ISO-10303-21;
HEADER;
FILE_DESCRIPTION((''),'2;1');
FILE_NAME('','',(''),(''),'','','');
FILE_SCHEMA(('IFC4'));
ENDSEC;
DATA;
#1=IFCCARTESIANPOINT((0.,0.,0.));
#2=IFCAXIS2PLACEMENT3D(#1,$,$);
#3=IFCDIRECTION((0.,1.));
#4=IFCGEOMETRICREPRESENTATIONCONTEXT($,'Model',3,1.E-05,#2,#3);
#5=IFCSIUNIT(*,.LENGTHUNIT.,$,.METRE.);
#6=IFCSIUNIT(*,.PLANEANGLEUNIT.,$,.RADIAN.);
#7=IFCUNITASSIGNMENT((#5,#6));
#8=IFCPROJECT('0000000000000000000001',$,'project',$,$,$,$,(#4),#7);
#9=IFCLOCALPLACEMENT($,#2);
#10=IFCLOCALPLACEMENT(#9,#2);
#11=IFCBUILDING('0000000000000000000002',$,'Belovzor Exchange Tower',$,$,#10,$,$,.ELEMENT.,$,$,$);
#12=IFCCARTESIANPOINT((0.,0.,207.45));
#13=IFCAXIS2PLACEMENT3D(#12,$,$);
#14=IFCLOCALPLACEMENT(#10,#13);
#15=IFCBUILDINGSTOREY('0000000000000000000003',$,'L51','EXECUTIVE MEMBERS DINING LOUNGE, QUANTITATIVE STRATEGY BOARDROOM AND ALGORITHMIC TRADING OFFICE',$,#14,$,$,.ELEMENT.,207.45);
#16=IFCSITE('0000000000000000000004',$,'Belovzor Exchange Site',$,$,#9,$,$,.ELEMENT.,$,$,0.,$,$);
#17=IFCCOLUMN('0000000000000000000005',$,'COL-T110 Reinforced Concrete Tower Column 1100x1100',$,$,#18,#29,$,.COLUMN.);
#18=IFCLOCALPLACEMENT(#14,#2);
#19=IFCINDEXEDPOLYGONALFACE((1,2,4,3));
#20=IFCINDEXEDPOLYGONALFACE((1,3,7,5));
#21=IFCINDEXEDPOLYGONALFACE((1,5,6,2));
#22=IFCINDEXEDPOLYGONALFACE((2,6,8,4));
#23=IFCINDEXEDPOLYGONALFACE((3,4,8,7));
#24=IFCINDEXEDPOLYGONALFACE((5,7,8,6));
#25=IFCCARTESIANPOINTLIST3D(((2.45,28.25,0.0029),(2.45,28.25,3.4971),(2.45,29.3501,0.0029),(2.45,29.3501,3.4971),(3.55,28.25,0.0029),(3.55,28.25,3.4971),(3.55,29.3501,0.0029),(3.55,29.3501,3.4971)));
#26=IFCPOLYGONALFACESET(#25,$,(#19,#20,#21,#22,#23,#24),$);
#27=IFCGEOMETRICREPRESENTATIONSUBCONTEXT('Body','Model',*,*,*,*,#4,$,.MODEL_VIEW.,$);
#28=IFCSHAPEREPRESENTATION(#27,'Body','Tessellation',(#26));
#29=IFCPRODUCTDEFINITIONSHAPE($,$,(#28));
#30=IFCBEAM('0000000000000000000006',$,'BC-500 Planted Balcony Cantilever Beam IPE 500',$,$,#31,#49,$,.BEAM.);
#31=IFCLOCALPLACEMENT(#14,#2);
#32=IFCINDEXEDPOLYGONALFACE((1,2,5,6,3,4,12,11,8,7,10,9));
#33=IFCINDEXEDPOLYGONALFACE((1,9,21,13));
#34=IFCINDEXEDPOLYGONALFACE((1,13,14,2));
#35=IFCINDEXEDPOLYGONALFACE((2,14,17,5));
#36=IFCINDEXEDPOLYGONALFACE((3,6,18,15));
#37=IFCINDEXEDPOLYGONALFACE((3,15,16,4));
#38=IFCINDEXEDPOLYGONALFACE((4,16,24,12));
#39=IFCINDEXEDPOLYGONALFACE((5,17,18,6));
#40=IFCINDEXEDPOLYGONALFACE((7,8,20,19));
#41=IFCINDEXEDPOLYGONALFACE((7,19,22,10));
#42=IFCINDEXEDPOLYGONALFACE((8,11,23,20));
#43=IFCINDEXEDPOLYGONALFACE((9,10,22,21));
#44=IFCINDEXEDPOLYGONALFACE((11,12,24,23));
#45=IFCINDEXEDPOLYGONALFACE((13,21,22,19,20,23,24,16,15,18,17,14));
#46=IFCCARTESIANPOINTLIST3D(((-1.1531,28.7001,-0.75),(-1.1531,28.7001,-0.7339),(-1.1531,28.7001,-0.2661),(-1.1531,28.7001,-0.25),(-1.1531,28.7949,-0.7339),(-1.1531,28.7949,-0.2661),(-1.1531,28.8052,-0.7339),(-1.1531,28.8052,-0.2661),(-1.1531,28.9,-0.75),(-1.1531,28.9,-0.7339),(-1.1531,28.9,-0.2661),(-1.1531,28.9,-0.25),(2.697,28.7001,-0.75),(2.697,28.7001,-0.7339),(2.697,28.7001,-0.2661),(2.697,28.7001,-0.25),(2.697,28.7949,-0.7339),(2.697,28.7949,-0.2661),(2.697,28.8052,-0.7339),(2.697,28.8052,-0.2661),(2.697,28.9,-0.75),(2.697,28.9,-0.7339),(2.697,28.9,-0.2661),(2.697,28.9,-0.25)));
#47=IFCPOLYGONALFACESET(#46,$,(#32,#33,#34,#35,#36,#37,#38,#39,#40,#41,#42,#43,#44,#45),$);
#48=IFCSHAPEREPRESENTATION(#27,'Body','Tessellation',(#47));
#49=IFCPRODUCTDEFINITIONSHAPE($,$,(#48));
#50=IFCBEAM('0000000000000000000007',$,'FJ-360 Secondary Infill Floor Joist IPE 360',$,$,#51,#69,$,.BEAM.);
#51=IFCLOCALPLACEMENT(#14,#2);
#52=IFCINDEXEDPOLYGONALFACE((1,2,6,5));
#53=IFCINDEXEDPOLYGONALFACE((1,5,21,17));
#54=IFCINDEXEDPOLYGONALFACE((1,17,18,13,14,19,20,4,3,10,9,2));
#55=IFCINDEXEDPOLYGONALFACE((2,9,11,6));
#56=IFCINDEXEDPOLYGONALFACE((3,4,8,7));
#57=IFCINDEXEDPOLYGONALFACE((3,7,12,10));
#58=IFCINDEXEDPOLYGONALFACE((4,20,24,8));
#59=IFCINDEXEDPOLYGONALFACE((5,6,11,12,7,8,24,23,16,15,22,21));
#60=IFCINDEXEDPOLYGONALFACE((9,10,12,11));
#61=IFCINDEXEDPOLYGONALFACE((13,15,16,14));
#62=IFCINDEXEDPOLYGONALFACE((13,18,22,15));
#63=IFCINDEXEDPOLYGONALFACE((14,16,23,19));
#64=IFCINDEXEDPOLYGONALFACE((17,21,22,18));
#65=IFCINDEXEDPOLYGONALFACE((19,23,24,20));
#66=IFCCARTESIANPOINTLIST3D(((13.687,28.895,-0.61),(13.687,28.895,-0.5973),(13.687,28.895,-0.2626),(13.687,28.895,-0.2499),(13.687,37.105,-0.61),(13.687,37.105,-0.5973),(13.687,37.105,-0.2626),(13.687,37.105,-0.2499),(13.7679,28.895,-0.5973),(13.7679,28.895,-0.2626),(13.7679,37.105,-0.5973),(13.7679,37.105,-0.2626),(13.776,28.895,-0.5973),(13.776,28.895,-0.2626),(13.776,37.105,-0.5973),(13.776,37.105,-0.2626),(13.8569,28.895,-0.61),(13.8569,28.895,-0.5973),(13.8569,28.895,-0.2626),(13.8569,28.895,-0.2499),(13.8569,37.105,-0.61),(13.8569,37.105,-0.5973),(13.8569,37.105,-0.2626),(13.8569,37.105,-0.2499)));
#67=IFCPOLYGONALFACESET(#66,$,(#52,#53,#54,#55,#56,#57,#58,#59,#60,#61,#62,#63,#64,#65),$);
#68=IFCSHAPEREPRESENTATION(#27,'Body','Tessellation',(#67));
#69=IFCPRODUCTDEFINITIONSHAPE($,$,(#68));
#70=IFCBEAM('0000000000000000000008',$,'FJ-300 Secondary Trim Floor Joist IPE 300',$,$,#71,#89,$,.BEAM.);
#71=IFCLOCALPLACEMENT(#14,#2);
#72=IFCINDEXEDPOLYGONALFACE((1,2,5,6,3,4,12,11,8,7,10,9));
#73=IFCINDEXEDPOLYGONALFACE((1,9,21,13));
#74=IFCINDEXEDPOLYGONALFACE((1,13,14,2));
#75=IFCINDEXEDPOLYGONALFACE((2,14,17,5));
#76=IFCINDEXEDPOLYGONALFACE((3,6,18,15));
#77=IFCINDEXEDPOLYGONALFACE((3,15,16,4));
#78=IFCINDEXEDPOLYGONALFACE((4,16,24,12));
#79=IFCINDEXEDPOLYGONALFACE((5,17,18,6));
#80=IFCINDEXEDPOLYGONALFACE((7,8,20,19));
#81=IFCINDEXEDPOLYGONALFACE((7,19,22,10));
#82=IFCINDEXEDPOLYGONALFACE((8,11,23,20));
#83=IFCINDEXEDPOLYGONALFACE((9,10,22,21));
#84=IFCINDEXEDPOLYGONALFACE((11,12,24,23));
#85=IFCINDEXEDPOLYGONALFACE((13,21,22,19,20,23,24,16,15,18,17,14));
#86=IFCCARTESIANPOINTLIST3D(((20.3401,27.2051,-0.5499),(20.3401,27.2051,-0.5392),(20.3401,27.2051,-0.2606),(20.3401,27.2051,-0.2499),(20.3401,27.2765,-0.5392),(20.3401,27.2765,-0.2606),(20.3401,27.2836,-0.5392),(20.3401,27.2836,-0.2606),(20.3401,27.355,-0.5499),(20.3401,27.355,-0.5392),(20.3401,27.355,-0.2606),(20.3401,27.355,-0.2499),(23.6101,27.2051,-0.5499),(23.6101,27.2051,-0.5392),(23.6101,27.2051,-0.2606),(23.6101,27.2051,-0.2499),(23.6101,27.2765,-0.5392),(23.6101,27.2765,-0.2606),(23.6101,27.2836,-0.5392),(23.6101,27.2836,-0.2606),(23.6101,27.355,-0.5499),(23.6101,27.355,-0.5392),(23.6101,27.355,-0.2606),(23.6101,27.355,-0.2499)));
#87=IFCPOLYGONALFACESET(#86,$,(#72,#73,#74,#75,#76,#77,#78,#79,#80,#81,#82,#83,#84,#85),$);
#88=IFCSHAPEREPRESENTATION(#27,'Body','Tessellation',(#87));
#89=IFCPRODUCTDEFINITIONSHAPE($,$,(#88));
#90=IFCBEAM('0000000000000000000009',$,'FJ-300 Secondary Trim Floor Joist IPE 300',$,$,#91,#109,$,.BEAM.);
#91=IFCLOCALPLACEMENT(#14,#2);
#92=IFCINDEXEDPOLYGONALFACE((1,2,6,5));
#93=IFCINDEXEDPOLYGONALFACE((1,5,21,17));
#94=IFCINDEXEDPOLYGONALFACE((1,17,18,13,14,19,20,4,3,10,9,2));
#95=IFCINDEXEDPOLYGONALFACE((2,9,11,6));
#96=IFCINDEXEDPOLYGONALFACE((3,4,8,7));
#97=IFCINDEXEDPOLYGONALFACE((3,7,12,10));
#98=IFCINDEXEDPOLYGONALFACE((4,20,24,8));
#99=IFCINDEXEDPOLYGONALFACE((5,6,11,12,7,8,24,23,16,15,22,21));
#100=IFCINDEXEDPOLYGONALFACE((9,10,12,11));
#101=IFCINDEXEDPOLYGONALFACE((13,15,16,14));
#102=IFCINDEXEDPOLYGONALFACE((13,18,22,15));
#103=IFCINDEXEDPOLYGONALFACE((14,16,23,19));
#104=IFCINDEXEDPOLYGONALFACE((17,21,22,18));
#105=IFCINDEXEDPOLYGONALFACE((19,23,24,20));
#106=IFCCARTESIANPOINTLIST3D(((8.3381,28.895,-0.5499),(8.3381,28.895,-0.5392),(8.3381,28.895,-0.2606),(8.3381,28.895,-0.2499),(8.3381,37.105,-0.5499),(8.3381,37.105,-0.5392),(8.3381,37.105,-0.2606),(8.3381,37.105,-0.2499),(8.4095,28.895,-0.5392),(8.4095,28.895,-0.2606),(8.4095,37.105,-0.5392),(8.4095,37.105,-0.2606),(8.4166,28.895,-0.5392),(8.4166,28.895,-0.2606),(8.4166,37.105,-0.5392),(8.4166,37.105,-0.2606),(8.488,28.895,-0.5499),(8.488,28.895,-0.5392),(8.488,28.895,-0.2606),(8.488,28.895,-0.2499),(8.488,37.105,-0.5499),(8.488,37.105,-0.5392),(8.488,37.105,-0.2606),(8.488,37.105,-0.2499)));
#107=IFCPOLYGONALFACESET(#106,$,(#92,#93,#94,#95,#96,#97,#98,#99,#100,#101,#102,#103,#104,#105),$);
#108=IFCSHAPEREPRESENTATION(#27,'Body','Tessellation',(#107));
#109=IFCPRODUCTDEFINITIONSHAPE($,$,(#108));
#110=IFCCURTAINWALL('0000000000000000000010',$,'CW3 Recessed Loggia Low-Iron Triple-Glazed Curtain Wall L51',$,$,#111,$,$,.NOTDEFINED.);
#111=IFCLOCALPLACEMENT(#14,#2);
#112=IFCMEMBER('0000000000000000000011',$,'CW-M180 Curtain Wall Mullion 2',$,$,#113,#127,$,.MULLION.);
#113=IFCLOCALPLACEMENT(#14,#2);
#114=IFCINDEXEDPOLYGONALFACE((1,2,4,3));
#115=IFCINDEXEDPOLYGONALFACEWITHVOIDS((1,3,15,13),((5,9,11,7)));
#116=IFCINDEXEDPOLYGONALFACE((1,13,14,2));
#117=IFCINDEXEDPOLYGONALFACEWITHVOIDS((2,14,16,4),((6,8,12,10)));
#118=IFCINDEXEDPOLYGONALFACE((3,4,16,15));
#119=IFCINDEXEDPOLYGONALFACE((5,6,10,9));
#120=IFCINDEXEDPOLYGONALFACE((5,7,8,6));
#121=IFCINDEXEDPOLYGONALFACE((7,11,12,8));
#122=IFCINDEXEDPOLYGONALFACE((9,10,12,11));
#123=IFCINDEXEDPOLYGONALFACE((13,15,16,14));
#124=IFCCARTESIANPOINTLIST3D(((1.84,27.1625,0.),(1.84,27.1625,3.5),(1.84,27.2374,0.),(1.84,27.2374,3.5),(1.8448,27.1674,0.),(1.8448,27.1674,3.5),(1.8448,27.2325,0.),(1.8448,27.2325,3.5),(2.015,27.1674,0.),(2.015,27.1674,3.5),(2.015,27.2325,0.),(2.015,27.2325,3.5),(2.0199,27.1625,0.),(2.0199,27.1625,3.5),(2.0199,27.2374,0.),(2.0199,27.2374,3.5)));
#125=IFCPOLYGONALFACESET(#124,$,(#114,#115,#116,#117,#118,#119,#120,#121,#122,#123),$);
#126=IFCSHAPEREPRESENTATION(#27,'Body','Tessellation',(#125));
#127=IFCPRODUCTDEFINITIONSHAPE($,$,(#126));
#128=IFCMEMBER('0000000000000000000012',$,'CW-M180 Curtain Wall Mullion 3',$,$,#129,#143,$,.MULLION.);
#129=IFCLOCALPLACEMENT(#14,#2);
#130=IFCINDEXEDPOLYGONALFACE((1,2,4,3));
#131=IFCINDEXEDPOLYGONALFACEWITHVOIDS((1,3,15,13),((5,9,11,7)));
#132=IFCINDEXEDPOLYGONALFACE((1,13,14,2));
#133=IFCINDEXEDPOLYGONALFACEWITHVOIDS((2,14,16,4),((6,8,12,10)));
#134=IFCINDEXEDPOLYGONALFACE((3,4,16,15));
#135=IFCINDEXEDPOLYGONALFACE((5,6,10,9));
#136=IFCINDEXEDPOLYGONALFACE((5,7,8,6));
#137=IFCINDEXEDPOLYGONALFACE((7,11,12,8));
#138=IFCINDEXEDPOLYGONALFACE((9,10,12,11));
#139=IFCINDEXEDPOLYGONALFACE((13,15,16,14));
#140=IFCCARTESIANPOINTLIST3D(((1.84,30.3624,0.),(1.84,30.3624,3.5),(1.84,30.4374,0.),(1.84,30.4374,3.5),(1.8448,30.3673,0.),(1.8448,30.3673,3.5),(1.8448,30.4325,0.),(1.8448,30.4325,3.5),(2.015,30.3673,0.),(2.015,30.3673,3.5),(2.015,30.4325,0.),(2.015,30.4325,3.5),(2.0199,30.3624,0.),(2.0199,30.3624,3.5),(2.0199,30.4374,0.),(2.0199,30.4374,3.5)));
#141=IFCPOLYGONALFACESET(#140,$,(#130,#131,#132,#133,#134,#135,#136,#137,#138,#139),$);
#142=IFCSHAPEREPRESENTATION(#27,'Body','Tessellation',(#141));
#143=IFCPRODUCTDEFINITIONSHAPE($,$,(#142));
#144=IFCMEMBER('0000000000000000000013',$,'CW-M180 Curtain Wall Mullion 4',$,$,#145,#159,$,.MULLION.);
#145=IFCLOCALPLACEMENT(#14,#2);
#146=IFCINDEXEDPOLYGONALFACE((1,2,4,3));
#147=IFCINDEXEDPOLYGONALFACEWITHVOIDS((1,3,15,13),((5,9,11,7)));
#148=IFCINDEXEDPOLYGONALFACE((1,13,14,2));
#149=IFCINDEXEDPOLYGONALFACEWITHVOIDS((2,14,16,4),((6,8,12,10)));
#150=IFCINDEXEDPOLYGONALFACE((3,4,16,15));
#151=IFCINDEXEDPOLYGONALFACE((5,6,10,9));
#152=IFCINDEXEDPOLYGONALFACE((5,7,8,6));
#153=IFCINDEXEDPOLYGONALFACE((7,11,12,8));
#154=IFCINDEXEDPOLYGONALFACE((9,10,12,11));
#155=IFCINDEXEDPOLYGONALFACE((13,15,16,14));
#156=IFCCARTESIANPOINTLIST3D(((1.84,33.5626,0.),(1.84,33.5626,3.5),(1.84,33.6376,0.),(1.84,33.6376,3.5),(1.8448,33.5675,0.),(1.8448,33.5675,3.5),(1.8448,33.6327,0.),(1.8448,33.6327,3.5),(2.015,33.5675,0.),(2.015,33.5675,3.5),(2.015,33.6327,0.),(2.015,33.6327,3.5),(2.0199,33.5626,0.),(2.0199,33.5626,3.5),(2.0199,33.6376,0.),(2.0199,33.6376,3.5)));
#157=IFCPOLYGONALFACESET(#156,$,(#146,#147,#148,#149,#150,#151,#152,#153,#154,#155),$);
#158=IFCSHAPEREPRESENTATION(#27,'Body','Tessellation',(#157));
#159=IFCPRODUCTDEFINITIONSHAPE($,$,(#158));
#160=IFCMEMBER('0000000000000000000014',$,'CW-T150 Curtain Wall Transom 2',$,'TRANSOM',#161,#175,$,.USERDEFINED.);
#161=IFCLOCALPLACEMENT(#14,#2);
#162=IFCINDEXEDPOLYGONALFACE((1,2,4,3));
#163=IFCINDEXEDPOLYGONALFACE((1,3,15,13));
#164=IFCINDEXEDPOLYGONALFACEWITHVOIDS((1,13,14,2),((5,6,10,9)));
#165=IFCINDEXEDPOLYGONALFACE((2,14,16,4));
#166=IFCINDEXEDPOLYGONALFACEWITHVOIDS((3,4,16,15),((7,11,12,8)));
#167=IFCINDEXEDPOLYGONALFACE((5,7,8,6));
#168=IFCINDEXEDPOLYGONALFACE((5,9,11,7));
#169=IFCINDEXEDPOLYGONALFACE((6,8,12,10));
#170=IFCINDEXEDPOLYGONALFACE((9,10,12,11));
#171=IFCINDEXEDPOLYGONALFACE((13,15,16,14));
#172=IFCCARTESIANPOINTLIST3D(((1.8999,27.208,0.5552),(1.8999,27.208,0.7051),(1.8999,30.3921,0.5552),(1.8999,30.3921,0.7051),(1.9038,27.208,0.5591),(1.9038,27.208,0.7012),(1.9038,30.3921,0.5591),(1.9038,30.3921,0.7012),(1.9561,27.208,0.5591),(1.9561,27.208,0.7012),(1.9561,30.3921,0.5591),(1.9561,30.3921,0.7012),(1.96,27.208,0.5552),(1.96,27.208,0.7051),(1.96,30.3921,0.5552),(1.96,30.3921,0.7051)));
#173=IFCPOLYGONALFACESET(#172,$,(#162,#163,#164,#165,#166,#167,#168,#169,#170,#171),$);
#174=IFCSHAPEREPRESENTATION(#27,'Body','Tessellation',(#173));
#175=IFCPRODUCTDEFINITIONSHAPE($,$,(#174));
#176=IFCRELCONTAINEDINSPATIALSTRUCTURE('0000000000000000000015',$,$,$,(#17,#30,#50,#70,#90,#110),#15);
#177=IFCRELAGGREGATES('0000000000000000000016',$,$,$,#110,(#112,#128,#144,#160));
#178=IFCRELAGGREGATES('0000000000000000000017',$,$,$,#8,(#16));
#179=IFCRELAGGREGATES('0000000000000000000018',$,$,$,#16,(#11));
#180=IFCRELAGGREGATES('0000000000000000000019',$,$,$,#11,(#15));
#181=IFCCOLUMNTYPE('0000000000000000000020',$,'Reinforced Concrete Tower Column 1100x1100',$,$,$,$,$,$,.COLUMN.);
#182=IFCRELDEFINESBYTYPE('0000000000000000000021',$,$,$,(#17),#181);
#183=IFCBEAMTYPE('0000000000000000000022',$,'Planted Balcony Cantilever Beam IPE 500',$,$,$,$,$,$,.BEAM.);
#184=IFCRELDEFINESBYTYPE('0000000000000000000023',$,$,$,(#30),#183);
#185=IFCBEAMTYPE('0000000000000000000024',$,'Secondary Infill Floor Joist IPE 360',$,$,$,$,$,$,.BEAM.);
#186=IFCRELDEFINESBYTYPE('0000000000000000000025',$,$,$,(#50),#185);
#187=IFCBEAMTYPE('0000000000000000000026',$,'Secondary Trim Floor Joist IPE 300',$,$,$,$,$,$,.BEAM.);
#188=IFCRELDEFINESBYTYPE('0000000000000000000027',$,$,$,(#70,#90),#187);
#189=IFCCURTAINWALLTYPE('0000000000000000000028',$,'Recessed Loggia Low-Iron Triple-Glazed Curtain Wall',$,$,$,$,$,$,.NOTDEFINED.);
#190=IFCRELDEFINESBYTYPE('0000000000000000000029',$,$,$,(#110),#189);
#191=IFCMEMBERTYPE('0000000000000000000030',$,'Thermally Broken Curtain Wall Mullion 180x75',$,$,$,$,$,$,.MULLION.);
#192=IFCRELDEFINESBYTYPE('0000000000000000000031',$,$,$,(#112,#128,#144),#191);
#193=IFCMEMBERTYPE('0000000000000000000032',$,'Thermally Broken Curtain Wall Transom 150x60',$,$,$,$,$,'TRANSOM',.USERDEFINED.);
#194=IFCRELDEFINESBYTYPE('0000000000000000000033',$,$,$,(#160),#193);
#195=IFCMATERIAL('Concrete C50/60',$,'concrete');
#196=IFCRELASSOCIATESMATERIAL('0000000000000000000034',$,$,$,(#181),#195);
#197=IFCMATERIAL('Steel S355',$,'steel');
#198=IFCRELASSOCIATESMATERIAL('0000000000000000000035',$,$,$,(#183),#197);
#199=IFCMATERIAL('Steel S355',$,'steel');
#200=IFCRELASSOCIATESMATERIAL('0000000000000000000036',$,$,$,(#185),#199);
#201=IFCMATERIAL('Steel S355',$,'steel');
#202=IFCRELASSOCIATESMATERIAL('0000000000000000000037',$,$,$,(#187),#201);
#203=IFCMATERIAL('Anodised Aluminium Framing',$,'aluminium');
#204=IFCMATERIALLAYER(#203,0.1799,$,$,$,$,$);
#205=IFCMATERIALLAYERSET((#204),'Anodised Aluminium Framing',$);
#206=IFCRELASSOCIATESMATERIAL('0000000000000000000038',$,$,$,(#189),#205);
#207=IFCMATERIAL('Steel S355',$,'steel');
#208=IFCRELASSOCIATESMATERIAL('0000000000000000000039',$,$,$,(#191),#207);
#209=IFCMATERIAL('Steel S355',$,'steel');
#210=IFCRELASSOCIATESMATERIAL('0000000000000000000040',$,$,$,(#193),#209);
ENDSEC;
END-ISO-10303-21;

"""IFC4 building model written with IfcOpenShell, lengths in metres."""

from ifc_helpers import new_model, si_unit, direction, frame, origin, origin_2d, place, context, subcontext, project, spatial, rectangle, hollow_rectangle, i_section, extrude, material, layer, layer_set, material_profile, profile_set, type_object, element, aggregate, save


model = new_model("IFC4")

# Units and contexts
model_context = context("Model", 3, precision=1e-05, world=origin(), true_north=direction((0.0, 1.0)))
body_context = subcontext(model_context, "Body", "Model", "MODEL_VIEW")
ifc_project = project(units=[si_unit("LENGTHUNIT", "METRE"), si_unit("PLANEANGLEUNIT", "RADIAN")], contexts=[model_context])

# Site, building, storey
site_placement = place(None, origin())
site = spatial("IfcSite", under=ifc_project, at=site_placement, Name="Belovzor Exchange Site", CompositionType="ELEMENT", RefElevation=0.0)
building_placement = place(site_placement, origin())
building = spatial("IfcBuilding", under=site, at=building_placement, Name="Belovzor Exchange Tower", CompositionType="ELEMENT")
storey_placement = place(building_placement, frame((0.0, 0.0, 207.45)))
storey = spatial("IfcBuildingStorey", under=building, at=storey_placement, Name="L51", Description="EXECUTIVE MEMBERS DINING LOUNGE, QUANTITATIVE STRATEGY BOARDROOM AND ALGORITHMIC TRADING OFFICE", CompositionType="ELEMENT", Elevation=207.45)

# Column
ifc_material_1 = material(Name="Concrete C50/60", Category="concrete")
ifc_material_profile_1 = material_profile(ifc_material_1, rectangle(XDim=1.1001, YDim=1.1001, at=origin_2d()))
ifc_profile_set_1 = profile_set([ifc_material_profile_1], Name="Concrete C50/60")
column_type = type_object("IfcColumnType", Name="Reinforced Concrete Tower Column 1100x1100", PredefinedType="COLUMN", material=ifc_profile_set_1)
column_placement = place(storey_placement, frame((3.0, 28.8, 0.0029), z_axis=(0.0, 0.0, 1.0), x_axis=(1.0, 0.0, 0.0)))
element("IfcColumn", 1, at=column_placement, inside=storey, type_object=column_type, Name="COL-T110 Reinforced Concrete Tower Column 1100x1100", PredefinedType="COLUMN", context=body_context, shape_type="SweptSolid", body=[
    extrude(rectangle(XDim=1.1001, YDim=1.1001, at=origin_2d()), origin(), (0.0, 0.0, 1.0), 3.4941),
])

# Beams
ifc_material_2 = material(Name="Steel S355", Category="steel")
ifc_material_profile_2 = material_profile(ifc_material_2, i_section(OverallWidth=0.2, OverallDepth=0.5, WebThickness=0.0103, FlangeThickness=0.0161, at=origin_2d()))
ifc_profile_set_2 = profile_set([ifc_material_profile_2], Name="Steel S355")
beam_type_1 = type_object("IfcBeamType", Name="Planted Balcony Cantilever Beam IPE 500", PredefinedType="BEAM", material=ifc_profile_set_2)
beam_1_placement = place(storey_placement, frame((2.697, 28.8, -0.5), z_axis=(-1.0, 0.0, 0.0), x_axis=(0.0, -1.0, 0.0)))
element("IfcBeam", 2, at=beam_1_placement, inside=storey, type_object=beam_type_1, Name="BC-500 Planted Balcony Cantilever Beam IPE 500", PredefinedType="BEAM", context=body_context, shape_type="SweptSolid", body=[
    extrude(i_section(OverallWidth=0.2, OverallDepth=0.5, WebThickness=0.0103, FlangeThickness=0.0161, at=origin_2d()), origin(), (0.0, 0.0, 1.0), 3.8501),
])
ifc_material_3 = material(Name="Steel S355", Category="steel")
ifc_material_profile_3 = material_profile(ifc_material_3, i_section(OverallWidth=0.1699, OverallDepth=0.3601, WebThickness=0.0081, FlangeThickness=0.0127, at=origin_2d()))
ifc_profile_set_3 = profile_set([ifc_material_profile_3], Name="Steel S355")
beam_type_2 = type_object("IfcBeamType", Name="Secondary Infill Floor Joist IPE 360", PredefinedType="BEAM", material=ifc_profile_set_3)
beam_2_placement = place(storey_placement, frame((13.772, 28.895, -0.4299), z_axis=(0.0, 1.0, 0.0), x_axis=(-1.0, 0.0, 0.0)))
element("IfcBeam", 3, at=beam_2_placement, inside=storey, type_object=beam_type_2, Name="FJ-360 Secondary Infill Floor Joist IPE 360", PredefinedType="BEAM", context=body_context, shape_type="SweptSolid", body=[
    extrude(i_section(OverallWidth=0.1699, OverallDepth=0.3601, WebThickness=0.0081, FlangeThickness=0.0127, at=origin_2d()), origin(), (0.0, 0.0, 1.0), 8.21),
])
ifc_material_4 = material(Name="Steel S355", Category="steel")
ifc_material_profile_4 = material_profile(ifc_material_4, i_section(OverallWidth=0.1499, OverallDepth=0.3, WebThickness=0.0071, FlangeThickness=0.0107, at=origin_2d()))
ifc_profile_set_4 = profile_set([ifc_material_profile_4], Name="Steel S355")
beam_type_3 = type_object("IfcBeamType", Name="Secondary Trim Floor Joist IPE 300", PredefinedType="BEAM", material=ifc_profile_set_4)
beam_3_placement = place(storey_placement, frame((20.3401, 27.28, -0.3999), z_axis=(1.0, 0.0, 0.0), x_axis=(0.0, 1.0, 0.0)))
element("IfcBeam", 4, at=beam_3_placement, inside=storey, type_object=beam_type_3, Name="FJ-300 Secondary Trim Floor Joist IPE 300", PredefinedType="BEAM", context=body_context, shape_type="SweptSolid", body=[
    extrude(i_section(OverallWidth=0.1499, OverallDepth=0.3, WebThickness=0.0071, FlangeThickness=0.0107, at=origin_2d()), origin(), (0.0, 0.0, 1.0), 3.27),
])
beam_4_placement = place(storey_placement, frame((8.4131, 28.895, -0.3999), z_axis=(0.0, 1.0, 0.0), x_axis=(-1.0, 0.0, 0.0)))
element("IfcBeam", 5, at=beam_4_placement, inside=storey, type_object=beam_type_3, Name="FJ-300 Secondary Trim Floor Joist IPE 300", PredefinedType="BEAM", context=body_context, shape_type="SweptSolid", body=[
    extrude(i_section(OverallWidth=0.1499, OverallDepth=0.3, WebThickness=0.0071, FlangeThickness=0.0107, at=origin_2d()), origin(), (0.0, 0.0, 1.0), 8.21),
])

# Curtain wall, members
ifc_material_5 = material(Name="Anodised Aluminium Framing", Category="aluminium")
ifc_layer_1 = layer(ifc_material_5, 0.1799)
ifc_layer_set_1 = layer_set([ifc_layer_1], Name="Anodised Aluminium Framing")
curtain_wall_type = type_object("IfcCurtainWallType", Name="Recessed Loggia Low-Iron Triple-Glazed Curtain Wall", PredefinedType="NOTDEFINED", material=ifc_layer_set_1)
curtain_wall_placement = place(storey_placement, origin())
curtain_wall = element("IfcCurtainWall", 6, at=curtain_wall_placement, inside=storey, type_object=curtain_wall_type, Name="CW3 Recessed Loggia Low-Iron Triple-Glazed Curtain Wall L51", PredefinedType="NOTDEFINED")
ifc_material_6 = material(Name="Steel S355", Category="steel")
ifc_material_profile_5 = material_profile(ifc_material_6, hollow_rectangle(XDim=0.075, YDim=0.1799, WallThickness=0.0049, at=origin_2d()))
ifc_profile_set_5 = profile_set([ifc_material_profile_5], Name="Steel S355")
member_type_1 = type_object("IfcMemberType", Name="Thermally Broken Curtain Wall Mullion 180x75", PredefinedType="MULLION", material=ifc_profile_set_5)
member_1_placement = place(storey_placement, frame((1.9299, 27.2, 0.0), z_axis=(0.0, 0.0, 1.0), x_axis=(0.0, 1.0, 0.0)))
member_1 = element("IfcMember", 7, at=member_1_placement, type_object=member_type_1, Name="CW-M180 Curtain Wall Mullion 2", PredefinedType="MULLION", context=body_context, shape_type="SweptSolid", body=[
    extrude(hollow_rectangle(XDim=0.075, YDim=0.1799, WallThickness=0.0049, at=origin_2d()), origin(), (0.0, 0.0, 1.0), 3.5),
])
member_2_placement = place(storey_placement, frame((1.9299, 30.3999, 0.0), z_axis=(0.0, 0.0, 1.0), x_axis=(0.0, 1.0, 0.0)))
member_2 = element("IfcMember", 8, at=member_2_placement, type_object=member_type_1, Name="CW-M180 Curtain Wall Mullion 3", PredefinedType="MULLION", context=body_context, shape_type="SweptSolid", body=[
    extrude(hollow_rectangle(XDim=0.075, YDim=0.1799, WallThickness=0.0049, at=origin_2d()), origin(), (0.0, 0.0, 1.0), 3.5),
])
member_3_placement = place(storey_placement, frame((1.9299, 33.6001, 0.0), z_axis=(0.0, 0.0, 1.0), x_axis=(0.0, 1.0, 0.0)))
member_3 = element("IfcMember", 9, at=member_3_placement, type_object=member_type_1, Name="CW-M180 Curtain Wall Mullion 4", PredefinedType="MULLION", context=body_context, shape_type="SweptSolid", body=[
    extrude(hollow_rectangle(XDim=0.075, YDim=0.1799, WallThickness=0.0049, at=origin_2d()), origin(), (0.0, 0.0, 1.0), 3.5),
])
ifc_material_7 = material(Name="Steel S355", Category="steel")
ifc_material_profile_6 = material_profile(ifc_material_7, hollow_rectangle(XDim=0.0601, YDim=0.1499, WallThickness=0.0039, at=origin_2d()))
ifc_profile_set_6 = profile_set([ifc_material_profile_6], Name="Steel S355")
member_type_2 = type_object("IfcMemberType", Name="Thermally Broken Curtain Wall Transom 150x60", ElementType="TRANSOM", PredefinedType="USERDEFINED", material=ifc_profile_set_6)
member_4_placement = place(storey_placement, frame((1.9299, 27.208, 0.6301), z_axis=(0.0, 1.0, 0.0), x_axis=(-1.0, 0.0, 0.0)))
member_4 = element("IfcMember", 10, at=member_4_placement, type_object=member_type_2, Name="CW-T150 Curtain Wall Transom 2", ObjectType="TRANSOM", PredefinedType="USERDEFINED", context=body_context, shape_type="SweptSolid", body=[
    extrude(hollow_rectangle(XDim=0.0601, YDim=0.1499, WallThickness=0.0039, at=origin_2d()), origin(), (0.0, 0.0, 1.0), 3.1841),
])

aggregate(curtain_wall, [member_1, member_2, member_3, member_4])

save(model, "model.ifc")
